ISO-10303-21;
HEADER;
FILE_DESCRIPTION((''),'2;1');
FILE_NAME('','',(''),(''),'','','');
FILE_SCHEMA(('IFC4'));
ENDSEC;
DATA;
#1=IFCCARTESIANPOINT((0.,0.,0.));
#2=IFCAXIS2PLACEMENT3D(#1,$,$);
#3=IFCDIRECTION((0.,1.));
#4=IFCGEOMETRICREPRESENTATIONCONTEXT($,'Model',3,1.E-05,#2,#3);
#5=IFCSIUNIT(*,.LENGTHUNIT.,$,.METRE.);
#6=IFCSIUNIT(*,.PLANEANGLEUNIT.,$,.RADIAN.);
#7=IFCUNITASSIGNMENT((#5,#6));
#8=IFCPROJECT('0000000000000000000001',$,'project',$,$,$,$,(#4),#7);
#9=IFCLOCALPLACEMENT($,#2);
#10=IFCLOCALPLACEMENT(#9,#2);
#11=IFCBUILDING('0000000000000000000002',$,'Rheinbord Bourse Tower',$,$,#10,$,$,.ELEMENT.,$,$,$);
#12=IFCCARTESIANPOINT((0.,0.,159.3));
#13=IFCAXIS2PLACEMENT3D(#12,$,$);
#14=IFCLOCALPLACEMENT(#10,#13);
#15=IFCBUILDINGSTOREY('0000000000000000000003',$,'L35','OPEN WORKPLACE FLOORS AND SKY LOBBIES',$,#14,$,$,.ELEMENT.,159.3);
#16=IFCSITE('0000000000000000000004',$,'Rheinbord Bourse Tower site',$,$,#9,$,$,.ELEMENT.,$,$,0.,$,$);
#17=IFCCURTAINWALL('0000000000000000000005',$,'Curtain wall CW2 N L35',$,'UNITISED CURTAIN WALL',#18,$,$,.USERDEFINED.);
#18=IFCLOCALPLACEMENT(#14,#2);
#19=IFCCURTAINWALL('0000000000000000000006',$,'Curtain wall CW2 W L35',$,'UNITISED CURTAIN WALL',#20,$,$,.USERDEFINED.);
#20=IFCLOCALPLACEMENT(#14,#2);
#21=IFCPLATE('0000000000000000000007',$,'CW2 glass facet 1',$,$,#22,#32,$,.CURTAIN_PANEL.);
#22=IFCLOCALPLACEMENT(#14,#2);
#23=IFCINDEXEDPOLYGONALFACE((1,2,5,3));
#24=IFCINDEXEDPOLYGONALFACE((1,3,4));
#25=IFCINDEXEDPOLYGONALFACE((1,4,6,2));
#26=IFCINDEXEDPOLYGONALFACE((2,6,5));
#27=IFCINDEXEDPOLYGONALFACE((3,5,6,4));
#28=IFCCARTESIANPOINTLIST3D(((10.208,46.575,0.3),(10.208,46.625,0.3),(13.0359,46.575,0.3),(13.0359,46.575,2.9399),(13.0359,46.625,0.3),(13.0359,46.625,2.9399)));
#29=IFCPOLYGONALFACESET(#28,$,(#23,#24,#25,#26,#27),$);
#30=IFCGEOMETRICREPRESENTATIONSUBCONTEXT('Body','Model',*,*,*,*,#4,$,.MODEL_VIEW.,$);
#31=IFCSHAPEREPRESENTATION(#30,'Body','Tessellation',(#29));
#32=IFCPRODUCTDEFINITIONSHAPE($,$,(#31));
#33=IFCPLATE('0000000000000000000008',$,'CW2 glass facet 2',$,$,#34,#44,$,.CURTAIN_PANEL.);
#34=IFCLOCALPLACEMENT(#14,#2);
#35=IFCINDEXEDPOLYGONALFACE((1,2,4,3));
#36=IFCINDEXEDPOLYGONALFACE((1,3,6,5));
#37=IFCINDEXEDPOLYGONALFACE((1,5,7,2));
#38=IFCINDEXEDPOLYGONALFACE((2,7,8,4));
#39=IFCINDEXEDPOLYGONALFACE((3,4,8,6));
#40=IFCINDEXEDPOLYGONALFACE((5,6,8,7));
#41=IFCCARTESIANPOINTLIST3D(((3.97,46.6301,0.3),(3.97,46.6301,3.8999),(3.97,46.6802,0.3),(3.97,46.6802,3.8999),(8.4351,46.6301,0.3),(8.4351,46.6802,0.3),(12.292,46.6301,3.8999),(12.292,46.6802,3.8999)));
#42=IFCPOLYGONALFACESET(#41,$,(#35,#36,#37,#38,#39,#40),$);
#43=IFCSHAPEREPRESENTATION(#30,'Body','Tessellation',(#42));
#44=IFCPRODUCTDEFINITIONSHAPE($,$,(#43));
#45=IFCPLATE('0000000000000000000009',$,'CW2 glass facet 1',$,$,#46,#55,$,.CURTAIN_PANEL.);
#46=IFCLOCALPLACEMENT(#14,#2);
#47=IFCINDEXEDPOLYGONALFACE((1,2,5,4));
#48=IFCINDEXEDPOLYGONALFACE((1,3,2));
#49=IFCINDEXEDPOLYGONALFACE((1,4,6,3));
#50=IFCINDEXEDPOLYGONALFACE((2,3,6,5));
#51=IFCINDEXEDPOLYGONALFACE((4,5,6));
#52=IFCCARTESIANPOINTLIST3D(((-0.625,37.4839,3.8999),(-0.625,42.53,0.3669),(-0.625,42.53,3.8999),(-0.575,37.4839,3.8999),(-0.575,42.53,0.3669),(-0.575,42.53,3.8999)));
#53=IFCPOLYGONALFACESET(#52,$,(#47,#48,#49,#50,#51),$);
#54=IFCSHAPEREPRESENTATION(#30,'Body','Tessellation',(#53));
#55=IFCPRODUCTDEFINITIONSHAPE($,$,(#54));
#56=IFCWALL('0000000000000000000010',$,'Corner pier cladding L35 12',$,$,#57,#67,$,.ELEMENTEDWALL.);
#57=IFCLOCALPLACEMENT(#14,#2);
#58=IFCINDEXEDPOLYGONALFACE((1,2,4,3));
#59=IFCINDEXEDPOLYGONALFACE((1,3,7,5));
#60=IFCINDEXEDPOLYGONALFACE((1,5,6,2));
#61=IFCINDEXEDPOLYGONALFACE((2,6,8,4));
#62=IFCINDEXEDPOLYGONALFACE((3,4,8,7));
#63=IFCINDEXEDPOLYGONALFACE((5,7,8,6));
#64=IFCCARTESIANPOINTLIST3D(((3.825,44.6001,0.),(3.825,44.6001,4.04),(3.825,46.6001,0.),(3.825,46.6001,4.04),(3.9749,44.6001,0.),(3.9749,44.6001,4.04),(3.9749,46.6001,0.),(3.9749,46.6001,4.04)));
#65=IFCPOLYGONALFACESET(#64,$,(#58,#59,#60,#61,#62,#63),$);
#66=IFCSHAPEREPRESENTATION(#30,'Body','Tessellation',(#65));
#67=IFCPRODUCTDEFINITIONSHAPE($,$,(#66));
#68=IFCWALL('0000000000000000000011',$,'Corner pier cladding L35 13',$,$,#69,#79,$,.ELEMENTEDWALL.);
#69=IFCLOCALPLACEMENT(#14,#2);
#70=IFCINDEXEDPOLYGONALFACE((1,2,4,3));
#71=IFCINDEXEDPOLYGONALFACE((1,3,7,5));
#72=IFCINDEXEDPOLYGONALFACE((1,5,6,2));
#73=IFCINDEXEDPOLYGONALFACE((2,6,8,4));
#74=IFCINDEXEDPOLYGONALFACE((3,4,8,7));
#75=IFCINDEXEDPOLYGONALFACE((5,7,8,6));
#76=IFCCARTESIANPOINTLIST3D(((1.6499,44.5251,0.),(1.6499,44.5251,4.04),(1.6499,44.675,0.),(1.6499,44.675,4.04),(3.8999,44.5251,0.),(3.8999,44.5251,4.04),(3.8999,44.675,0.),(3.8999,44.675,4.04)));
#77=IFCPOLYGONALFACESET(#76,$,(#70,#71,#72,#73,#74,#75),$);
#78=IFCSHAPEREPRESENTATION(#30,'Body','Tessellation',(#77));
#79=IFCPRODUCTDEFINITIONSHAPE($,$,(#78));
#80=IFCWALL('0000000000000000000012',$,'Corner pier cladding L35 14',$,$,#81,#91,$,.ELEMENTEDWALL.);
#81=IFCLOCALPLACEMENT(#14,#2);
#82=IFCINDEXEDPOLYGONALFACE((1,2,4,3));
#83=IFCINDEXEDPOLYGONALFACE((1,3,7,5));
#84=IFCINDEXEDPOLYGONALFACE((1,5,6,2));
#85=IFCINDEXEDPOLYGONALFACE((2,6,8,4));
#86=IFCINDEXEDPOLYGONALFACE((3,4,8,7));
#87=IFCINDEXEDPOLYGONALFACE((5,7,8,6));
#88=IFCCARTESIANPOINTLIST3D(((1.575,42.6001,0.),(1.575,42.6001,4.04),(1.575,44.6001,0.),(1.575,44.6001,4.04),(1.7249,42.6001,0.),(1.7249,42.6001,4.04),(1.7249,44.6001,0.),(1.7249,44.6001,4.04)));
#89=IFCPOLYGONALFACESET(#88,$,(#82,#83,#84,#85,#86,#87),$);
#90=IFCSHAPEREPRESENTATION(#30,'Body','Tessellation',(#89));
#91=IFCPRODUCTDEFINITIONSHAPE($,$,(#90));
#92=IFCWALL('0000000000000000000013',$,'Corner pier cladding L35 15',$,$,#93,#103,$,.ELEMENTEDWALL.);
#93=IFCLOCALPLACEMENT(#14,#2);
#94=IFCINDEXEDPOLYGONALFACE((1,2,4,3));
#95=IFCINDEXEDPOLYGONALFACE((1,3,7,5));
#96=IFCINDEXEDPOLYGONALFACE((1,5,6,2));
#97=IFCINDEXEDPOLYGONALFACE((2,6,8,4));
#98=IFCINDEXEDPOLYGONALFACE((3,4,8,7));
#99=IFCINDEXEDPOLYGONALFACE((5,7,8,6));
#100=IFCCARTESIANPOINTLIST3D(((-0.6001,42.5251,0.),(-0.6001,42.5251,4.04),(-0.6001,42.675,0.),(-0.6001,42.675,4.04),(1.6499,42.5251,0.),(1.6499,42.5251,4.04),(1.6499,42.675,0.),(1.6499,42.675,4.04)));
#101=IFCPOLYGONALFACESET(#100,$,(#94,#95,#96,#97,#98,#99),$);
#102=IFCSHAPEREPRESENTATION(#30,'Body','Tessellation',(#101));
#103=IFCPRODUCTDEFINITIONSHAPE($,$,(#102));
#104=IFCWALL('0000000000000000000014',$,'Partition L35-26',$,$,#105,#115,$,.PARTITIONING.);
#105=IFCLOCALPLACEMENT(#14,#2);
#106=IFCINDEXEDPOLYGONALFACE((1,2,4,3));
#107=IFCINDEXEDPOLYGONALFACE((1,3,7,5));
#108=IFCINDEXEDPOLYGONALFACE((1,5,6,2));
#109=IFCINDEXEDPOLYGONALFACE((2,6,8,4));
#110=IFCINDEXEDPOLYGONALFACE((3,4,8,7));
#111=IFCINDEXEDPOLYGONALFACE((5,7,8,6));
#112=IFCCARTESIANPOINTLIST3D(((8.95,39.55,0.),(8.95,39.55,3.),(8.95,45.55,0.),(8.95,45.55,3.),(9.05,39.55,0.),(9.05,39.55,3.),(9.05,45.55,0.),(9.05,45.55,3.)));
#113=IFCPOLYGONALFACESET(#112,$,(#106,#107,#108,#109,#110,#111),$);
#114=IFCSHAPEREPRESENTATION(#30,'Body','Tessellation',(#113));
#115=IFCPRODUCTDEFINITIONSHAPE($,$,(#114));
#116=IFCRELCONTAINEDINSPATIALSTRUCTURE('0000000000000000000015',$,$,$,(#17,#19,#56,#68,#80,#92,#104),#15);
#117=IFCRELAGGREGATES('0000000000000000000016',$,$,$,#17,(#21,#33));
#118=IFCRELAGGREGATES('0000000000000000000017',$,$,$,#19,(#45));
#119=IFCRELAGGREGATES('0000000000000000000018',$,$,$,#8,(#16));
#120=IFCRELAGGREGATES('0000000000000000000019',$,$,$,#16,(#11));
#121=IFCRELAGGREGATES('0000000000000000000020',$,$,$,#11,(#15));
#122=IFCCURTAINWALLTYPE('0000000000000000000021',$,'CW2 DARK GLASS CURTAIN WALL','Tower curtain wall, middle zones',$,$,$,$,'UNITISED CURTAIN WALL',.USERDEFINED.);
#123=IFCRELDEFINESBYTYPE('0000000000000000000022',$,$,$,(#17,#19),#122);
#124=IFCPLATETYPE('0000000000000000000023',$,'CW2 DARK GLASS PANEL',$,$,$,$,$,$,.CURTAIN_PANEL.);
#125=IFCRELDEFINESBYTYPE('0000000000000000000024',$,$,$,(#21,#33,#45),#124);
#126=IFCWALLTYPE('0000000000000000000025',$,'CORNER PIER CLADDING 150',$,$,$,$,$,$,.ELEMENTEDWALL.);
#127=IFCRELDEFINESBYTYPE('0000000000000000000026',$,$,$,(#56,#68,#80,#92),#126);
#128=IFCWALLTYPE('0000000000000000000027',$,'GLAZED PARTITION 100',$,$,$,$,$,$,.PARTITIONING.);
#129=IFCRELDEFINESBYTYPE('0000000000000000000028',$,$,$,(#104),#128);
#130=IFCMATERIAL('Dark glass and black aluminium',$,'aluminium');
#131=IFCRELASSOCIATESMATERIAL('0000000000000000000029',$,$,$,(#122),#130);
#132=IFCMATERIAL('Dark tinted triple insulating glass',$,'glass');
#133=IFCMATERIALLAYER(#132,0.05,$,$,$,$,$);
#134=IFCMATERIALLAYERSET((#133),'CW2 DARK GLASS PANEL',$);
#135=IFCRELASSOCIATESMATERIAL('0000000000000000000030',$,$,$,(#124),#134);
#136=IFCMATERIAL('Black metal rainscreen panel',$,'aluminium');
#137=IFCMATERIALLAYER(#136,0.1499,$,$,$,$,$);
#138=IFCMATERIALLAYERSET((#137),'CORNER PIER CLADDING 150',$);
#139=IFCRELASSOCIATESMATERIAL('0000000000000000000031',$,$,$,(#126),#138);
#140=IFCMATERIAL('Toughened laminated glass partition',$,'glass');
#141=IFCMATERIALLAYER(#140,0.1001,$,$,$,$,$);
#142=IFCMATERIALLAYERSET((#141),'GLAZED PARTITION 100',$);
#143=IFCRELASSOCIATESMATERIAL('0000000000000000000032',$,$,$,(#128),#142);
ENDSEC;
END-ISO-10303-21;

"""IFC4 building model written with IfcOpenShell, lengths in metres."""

from ifc_helpers import new_model, si_unit, direction, frame, frame_2d, origin, place, context, subcontext, project, spatial, polyline, rectangle, outline, extrude, material, layer, layer_set, type_object, element, aggregate, save


model = new_model("IFC4")

# Units and contexts
model_context = context("Model", 3, precision=1e-05, world=origin(), true_north=direction((0.0, 1.0)))
body_context = subcontext(model_context, "Body", "Model", "MODEL_VIEW")
ifc_project = project(units=[si_unit("LENGTHUNIT", "METRE"), si_unit("PLANEANGLEUNIT", "RADIAN")], contexts=[model_context])

# Site, building, storey
site_placement = place(None, origin())
site = spatial("IfcSite", under=ifc_project, at=site_placement, Name="Rheinbord Bourse Tower site", CompositionType="ELEMENT", RefElevation=0.0)
building_placement = place(site_placement, origin())
building = spatial("IfcBuilding", under=site, at=building_placement, Name="Rheinbord Bourse Tower", CompositionType="ELEMENT")
storey_placement = place(building_placement, frame((0.0, 0.0, 159.3)))
storey = spatial("IfcBuildingStorey", under=building, at=storey_placement, Name="L35", Description="OPEN WORKPLACE FLOORS AND SKY LOBBIES", CompositionType="ELEMENT", Elevation=159.3)

# Curtain walls
ifc_material_1 = material(Name="Dark glass and black aluminium", Category="aluminium")
curtain_wall_type = type_object("IfcCurtainWallType", Name="CW2 DARK GLASS CURTAIN WALL", Description="Tower curtain wall, middle zones", ElementType="UNITISED CURTAIN WALL", PredefinedType="USERDEFINED", material=ifc_material_1)
curtain_wall_1_placement = place(storey_placement, origin())
curtain_wall_1 = element("IfcCurtainWall", 1, at=curtain_wall_1_placement, inside=storey, type_object=curtain_wall_type, Name="Curtain wall CW2 N L35", ObjectType="UNITISED CURTAIN WALL", PredefinedType="USERDEFINED")
curtain_wall_2_placement = place(storey_placement, origin())
curtain_wall_2 = element("IfcCurtainWall", 2, at=curtain_wall_2_placement, inside=storey, type_object=curtain_wall_type, Name="Curtain wall CW2 W L35", ObjectType="UNITISED CURTAIN WALL", PredefinedType="USERDEFINED")

# Plates
ifc_material_2 = material(Name="Dark tinted triple insulating glass", Category="glass")
ifc_layer_1 = layer(ifc_material_2, 0.05)
ifc_layer_set_1 = layer_set([ifc_layer_1], Name="CW2 DARK GLASS PANEL")
plate_type = type_object("IfcPlateType", Name="CW2 DARK GLASS PANEL", PredefinedType="CURTAIN_PANEL", material=ifc_layer_set_1)
plate_1_placement = place(storey_placement, frame((13.0359, 46.625, 0.3), z_axis=(0.0, -1.0, 0.0), x_axis=(0.0, 0.0, 1.0)))
plate_1 = element("IfcPlate", 3, at=plate_1_placement, type_object=plate_type, Name="CW2 glass facet 1", PredefinedType="CURTAIN_PANEL", context=body_context, shape_type="SweptSolid", body=[
    extrude(outline(polyline([(0.0, 0.0), (2.6399, 0.0), (0.0, 2.8279), (0.0, 0.0)])), origin(), (0.0, 0.0, 1.0), 0.05),
])
plate_2_placement = place(storey_placement, frame((3.97, 46.6802, 3.8999), z_axis=(0.0, -1.0, 0.0), x_axis=(0.0, 0.0, -1.0)))
plate_2 = element("IfcPlate", 4, at=plate_2_placement, type_object=plate_type, Name="CW2 glass facet 2", PredefinedType="CURTAIN_PANEL", context=body_context, shape_type="SweptSolid", body=[
    extrude(outline(polyline([(0.0, 0.0), (3.5999, 0.0), (3.5999, 4.4651), (0.0, 8.322), (0.0, 0.0)])), origin(), (0.0, 0.0, 1.0), 0.05),
])
aggregate(curtain_wall_1, [plate_1, plate_2])
plate_3_placement = place(storey_placement, frame((-0.625, 42.53, 3.8999), z_axis=(1.0, 0.0, 0.0), x_axis=(0.0, -1.0, 0.0)))
plate_3 = element("IfcPlate", 5, at=plate_3_placement, type_object=plate_type, Name="CW2 glass facet 1", PredefinedType="CURTAIN_PANEL", context=body_context, shape_type="SweptSolid", body=[
    extrude(outline(polyline([(0.0, 0.0), (5.0461, 0.0), (0.0, 3.533), (0.0, 0.0)])), origin(), (0.0, 0.0, 1.0), 0.05),
])
aggregate(curtain_wall_2, [plate_3])

# Walls
ifc_material_3 = material(Name="Black metal rainscreen panel", Category="aluminium")
ifc_layer_2 = layer(ifc_material_3, 0.1499)
ifc_layer_set_2 = layer_set([ifc_layer_2], Name="CORNER PIER CLADDING 150")
wall_type_1 = type_object("IfcWallType", Name="CORNER PIER CLADDING 150", PredefinedType="ELEMENTEDWALL", material=ifc_layer_set_2)
wall_1_placement = place(storey_placement, frame((3.8999, 46.6001, 0.0), z_axis=(0.0, 0.0, 1.0), x_axis=(0.0, -1.0, 0.0)))
element("IfcWall", 6, at=wall_1_placement, inside=storey, type_object=wall_type_1, Name="Corner pier cladding L35 12", PredefinedType="ELEMENTEDWALL", context=body_context, shape_type="SweptSolid", body=[
    extrude(rectangle(XDim=2.0, YDim=0.1499, at=frame_2d((1.0, 0.0))), origin(), (0.0, 0.0, 1.0), 4.04),
])
wall_2_placement = place(storey_placement, frame((3.8999, 44.6001, 0.0), z_axis=(0.0, 0.0, 1.0), x_axis=(-1.0, 0.0, 0.0)))
element("IfcWall", 7, at=wall_2_placement, inside=storey, type_object=wall_type_1, Name="Corner pier cladding L35 13", PredefinedType="ELEMENTEDWALL", context=body_context, shape_type="SweptSolid", body=[
    extrude(rectangle(XDim=2.25, YDim=0.1499, at=frame_2d((1.125, 0.0))), origin(), (0.0, 0.0, 1.0), 4.04),
])
wall_3_placement = place(storey_placement, frame((1.6499, 44.6001, 0.0), z_axis=(0.0, 0.0, 1.0), x_axis=(0.0, -1.0, 0.0)))
element("IfcWall", 8, at=wall_3_placement, inside=storey, type_object=wall_type_1, Name="Corner pier cladding L35 14", PredefinedType="ELEMENTEDWALL", context=body_context, shape_type="SweptSolid", body=[
    extrude(rectangle(XDim=2.0, YDim=0.1499, at=frame_2d((1.0, 0.0))), origin(), (0.0, 0.0, 1.0), 4.04),
])
wall_4_placement = place(storey_placement, frame((1.6499, 42.6001, 0.0), z_axis=(0.0, 0.0, 1.0), x_axis=(-1.0, 0.0, 0.0)))
element("IfcWall", 9, at=wall_4_placement, inside=storey, type_object=wall_type_1, Name="Corner pier cladding L35 15", PredefinedType="ELEMENTEDWALL", context=body_context, shape_type="SweptSolid", body=[
    extrude(rectangle(XDim=2.25, YDim=0.1499, at=frame_2d((1.125, 0.0))), origin(), (0.0, 0.0, 1.0), 4.04),
])
ifc_material_4 = material(Name="Toughened laminated glass partition", Category="glass")
ifc_layer_3 = layer(ifc_material_4, 0.1001)
ifc_layer_set_3 = layer_set([ifc_layer_3], Name="GLAZED PARTITION 100")
wall_type_2 = type_object("IfcWallType", Name="GLAZED PARTITION 100", PredefinedType="PARTITIONING", material=ifc_layer_set_3)
wall_5_placement = place(storey_placement, frame((9.0, 39.55, 0.0), z_axis=(0.0, 0.0, 1.0), x_axis=(0.0, 1.0, 0.0)))
element("IfcWall", 10, at=wall_5_placement, inside=storey, type_object=wall_type_2, Name="Partition L35-26", PredefinedType="PARTITIONING", context=body_context, shape_type="SweptSolid", body=[
    extrude(rectangle(XDim=6.0, YDim=0.1001, at=frame_2d((3.0, 0.0))), origin(), (0.0, 0.0, 1.0), 3.0),
])

save(model, "model.ifc")
